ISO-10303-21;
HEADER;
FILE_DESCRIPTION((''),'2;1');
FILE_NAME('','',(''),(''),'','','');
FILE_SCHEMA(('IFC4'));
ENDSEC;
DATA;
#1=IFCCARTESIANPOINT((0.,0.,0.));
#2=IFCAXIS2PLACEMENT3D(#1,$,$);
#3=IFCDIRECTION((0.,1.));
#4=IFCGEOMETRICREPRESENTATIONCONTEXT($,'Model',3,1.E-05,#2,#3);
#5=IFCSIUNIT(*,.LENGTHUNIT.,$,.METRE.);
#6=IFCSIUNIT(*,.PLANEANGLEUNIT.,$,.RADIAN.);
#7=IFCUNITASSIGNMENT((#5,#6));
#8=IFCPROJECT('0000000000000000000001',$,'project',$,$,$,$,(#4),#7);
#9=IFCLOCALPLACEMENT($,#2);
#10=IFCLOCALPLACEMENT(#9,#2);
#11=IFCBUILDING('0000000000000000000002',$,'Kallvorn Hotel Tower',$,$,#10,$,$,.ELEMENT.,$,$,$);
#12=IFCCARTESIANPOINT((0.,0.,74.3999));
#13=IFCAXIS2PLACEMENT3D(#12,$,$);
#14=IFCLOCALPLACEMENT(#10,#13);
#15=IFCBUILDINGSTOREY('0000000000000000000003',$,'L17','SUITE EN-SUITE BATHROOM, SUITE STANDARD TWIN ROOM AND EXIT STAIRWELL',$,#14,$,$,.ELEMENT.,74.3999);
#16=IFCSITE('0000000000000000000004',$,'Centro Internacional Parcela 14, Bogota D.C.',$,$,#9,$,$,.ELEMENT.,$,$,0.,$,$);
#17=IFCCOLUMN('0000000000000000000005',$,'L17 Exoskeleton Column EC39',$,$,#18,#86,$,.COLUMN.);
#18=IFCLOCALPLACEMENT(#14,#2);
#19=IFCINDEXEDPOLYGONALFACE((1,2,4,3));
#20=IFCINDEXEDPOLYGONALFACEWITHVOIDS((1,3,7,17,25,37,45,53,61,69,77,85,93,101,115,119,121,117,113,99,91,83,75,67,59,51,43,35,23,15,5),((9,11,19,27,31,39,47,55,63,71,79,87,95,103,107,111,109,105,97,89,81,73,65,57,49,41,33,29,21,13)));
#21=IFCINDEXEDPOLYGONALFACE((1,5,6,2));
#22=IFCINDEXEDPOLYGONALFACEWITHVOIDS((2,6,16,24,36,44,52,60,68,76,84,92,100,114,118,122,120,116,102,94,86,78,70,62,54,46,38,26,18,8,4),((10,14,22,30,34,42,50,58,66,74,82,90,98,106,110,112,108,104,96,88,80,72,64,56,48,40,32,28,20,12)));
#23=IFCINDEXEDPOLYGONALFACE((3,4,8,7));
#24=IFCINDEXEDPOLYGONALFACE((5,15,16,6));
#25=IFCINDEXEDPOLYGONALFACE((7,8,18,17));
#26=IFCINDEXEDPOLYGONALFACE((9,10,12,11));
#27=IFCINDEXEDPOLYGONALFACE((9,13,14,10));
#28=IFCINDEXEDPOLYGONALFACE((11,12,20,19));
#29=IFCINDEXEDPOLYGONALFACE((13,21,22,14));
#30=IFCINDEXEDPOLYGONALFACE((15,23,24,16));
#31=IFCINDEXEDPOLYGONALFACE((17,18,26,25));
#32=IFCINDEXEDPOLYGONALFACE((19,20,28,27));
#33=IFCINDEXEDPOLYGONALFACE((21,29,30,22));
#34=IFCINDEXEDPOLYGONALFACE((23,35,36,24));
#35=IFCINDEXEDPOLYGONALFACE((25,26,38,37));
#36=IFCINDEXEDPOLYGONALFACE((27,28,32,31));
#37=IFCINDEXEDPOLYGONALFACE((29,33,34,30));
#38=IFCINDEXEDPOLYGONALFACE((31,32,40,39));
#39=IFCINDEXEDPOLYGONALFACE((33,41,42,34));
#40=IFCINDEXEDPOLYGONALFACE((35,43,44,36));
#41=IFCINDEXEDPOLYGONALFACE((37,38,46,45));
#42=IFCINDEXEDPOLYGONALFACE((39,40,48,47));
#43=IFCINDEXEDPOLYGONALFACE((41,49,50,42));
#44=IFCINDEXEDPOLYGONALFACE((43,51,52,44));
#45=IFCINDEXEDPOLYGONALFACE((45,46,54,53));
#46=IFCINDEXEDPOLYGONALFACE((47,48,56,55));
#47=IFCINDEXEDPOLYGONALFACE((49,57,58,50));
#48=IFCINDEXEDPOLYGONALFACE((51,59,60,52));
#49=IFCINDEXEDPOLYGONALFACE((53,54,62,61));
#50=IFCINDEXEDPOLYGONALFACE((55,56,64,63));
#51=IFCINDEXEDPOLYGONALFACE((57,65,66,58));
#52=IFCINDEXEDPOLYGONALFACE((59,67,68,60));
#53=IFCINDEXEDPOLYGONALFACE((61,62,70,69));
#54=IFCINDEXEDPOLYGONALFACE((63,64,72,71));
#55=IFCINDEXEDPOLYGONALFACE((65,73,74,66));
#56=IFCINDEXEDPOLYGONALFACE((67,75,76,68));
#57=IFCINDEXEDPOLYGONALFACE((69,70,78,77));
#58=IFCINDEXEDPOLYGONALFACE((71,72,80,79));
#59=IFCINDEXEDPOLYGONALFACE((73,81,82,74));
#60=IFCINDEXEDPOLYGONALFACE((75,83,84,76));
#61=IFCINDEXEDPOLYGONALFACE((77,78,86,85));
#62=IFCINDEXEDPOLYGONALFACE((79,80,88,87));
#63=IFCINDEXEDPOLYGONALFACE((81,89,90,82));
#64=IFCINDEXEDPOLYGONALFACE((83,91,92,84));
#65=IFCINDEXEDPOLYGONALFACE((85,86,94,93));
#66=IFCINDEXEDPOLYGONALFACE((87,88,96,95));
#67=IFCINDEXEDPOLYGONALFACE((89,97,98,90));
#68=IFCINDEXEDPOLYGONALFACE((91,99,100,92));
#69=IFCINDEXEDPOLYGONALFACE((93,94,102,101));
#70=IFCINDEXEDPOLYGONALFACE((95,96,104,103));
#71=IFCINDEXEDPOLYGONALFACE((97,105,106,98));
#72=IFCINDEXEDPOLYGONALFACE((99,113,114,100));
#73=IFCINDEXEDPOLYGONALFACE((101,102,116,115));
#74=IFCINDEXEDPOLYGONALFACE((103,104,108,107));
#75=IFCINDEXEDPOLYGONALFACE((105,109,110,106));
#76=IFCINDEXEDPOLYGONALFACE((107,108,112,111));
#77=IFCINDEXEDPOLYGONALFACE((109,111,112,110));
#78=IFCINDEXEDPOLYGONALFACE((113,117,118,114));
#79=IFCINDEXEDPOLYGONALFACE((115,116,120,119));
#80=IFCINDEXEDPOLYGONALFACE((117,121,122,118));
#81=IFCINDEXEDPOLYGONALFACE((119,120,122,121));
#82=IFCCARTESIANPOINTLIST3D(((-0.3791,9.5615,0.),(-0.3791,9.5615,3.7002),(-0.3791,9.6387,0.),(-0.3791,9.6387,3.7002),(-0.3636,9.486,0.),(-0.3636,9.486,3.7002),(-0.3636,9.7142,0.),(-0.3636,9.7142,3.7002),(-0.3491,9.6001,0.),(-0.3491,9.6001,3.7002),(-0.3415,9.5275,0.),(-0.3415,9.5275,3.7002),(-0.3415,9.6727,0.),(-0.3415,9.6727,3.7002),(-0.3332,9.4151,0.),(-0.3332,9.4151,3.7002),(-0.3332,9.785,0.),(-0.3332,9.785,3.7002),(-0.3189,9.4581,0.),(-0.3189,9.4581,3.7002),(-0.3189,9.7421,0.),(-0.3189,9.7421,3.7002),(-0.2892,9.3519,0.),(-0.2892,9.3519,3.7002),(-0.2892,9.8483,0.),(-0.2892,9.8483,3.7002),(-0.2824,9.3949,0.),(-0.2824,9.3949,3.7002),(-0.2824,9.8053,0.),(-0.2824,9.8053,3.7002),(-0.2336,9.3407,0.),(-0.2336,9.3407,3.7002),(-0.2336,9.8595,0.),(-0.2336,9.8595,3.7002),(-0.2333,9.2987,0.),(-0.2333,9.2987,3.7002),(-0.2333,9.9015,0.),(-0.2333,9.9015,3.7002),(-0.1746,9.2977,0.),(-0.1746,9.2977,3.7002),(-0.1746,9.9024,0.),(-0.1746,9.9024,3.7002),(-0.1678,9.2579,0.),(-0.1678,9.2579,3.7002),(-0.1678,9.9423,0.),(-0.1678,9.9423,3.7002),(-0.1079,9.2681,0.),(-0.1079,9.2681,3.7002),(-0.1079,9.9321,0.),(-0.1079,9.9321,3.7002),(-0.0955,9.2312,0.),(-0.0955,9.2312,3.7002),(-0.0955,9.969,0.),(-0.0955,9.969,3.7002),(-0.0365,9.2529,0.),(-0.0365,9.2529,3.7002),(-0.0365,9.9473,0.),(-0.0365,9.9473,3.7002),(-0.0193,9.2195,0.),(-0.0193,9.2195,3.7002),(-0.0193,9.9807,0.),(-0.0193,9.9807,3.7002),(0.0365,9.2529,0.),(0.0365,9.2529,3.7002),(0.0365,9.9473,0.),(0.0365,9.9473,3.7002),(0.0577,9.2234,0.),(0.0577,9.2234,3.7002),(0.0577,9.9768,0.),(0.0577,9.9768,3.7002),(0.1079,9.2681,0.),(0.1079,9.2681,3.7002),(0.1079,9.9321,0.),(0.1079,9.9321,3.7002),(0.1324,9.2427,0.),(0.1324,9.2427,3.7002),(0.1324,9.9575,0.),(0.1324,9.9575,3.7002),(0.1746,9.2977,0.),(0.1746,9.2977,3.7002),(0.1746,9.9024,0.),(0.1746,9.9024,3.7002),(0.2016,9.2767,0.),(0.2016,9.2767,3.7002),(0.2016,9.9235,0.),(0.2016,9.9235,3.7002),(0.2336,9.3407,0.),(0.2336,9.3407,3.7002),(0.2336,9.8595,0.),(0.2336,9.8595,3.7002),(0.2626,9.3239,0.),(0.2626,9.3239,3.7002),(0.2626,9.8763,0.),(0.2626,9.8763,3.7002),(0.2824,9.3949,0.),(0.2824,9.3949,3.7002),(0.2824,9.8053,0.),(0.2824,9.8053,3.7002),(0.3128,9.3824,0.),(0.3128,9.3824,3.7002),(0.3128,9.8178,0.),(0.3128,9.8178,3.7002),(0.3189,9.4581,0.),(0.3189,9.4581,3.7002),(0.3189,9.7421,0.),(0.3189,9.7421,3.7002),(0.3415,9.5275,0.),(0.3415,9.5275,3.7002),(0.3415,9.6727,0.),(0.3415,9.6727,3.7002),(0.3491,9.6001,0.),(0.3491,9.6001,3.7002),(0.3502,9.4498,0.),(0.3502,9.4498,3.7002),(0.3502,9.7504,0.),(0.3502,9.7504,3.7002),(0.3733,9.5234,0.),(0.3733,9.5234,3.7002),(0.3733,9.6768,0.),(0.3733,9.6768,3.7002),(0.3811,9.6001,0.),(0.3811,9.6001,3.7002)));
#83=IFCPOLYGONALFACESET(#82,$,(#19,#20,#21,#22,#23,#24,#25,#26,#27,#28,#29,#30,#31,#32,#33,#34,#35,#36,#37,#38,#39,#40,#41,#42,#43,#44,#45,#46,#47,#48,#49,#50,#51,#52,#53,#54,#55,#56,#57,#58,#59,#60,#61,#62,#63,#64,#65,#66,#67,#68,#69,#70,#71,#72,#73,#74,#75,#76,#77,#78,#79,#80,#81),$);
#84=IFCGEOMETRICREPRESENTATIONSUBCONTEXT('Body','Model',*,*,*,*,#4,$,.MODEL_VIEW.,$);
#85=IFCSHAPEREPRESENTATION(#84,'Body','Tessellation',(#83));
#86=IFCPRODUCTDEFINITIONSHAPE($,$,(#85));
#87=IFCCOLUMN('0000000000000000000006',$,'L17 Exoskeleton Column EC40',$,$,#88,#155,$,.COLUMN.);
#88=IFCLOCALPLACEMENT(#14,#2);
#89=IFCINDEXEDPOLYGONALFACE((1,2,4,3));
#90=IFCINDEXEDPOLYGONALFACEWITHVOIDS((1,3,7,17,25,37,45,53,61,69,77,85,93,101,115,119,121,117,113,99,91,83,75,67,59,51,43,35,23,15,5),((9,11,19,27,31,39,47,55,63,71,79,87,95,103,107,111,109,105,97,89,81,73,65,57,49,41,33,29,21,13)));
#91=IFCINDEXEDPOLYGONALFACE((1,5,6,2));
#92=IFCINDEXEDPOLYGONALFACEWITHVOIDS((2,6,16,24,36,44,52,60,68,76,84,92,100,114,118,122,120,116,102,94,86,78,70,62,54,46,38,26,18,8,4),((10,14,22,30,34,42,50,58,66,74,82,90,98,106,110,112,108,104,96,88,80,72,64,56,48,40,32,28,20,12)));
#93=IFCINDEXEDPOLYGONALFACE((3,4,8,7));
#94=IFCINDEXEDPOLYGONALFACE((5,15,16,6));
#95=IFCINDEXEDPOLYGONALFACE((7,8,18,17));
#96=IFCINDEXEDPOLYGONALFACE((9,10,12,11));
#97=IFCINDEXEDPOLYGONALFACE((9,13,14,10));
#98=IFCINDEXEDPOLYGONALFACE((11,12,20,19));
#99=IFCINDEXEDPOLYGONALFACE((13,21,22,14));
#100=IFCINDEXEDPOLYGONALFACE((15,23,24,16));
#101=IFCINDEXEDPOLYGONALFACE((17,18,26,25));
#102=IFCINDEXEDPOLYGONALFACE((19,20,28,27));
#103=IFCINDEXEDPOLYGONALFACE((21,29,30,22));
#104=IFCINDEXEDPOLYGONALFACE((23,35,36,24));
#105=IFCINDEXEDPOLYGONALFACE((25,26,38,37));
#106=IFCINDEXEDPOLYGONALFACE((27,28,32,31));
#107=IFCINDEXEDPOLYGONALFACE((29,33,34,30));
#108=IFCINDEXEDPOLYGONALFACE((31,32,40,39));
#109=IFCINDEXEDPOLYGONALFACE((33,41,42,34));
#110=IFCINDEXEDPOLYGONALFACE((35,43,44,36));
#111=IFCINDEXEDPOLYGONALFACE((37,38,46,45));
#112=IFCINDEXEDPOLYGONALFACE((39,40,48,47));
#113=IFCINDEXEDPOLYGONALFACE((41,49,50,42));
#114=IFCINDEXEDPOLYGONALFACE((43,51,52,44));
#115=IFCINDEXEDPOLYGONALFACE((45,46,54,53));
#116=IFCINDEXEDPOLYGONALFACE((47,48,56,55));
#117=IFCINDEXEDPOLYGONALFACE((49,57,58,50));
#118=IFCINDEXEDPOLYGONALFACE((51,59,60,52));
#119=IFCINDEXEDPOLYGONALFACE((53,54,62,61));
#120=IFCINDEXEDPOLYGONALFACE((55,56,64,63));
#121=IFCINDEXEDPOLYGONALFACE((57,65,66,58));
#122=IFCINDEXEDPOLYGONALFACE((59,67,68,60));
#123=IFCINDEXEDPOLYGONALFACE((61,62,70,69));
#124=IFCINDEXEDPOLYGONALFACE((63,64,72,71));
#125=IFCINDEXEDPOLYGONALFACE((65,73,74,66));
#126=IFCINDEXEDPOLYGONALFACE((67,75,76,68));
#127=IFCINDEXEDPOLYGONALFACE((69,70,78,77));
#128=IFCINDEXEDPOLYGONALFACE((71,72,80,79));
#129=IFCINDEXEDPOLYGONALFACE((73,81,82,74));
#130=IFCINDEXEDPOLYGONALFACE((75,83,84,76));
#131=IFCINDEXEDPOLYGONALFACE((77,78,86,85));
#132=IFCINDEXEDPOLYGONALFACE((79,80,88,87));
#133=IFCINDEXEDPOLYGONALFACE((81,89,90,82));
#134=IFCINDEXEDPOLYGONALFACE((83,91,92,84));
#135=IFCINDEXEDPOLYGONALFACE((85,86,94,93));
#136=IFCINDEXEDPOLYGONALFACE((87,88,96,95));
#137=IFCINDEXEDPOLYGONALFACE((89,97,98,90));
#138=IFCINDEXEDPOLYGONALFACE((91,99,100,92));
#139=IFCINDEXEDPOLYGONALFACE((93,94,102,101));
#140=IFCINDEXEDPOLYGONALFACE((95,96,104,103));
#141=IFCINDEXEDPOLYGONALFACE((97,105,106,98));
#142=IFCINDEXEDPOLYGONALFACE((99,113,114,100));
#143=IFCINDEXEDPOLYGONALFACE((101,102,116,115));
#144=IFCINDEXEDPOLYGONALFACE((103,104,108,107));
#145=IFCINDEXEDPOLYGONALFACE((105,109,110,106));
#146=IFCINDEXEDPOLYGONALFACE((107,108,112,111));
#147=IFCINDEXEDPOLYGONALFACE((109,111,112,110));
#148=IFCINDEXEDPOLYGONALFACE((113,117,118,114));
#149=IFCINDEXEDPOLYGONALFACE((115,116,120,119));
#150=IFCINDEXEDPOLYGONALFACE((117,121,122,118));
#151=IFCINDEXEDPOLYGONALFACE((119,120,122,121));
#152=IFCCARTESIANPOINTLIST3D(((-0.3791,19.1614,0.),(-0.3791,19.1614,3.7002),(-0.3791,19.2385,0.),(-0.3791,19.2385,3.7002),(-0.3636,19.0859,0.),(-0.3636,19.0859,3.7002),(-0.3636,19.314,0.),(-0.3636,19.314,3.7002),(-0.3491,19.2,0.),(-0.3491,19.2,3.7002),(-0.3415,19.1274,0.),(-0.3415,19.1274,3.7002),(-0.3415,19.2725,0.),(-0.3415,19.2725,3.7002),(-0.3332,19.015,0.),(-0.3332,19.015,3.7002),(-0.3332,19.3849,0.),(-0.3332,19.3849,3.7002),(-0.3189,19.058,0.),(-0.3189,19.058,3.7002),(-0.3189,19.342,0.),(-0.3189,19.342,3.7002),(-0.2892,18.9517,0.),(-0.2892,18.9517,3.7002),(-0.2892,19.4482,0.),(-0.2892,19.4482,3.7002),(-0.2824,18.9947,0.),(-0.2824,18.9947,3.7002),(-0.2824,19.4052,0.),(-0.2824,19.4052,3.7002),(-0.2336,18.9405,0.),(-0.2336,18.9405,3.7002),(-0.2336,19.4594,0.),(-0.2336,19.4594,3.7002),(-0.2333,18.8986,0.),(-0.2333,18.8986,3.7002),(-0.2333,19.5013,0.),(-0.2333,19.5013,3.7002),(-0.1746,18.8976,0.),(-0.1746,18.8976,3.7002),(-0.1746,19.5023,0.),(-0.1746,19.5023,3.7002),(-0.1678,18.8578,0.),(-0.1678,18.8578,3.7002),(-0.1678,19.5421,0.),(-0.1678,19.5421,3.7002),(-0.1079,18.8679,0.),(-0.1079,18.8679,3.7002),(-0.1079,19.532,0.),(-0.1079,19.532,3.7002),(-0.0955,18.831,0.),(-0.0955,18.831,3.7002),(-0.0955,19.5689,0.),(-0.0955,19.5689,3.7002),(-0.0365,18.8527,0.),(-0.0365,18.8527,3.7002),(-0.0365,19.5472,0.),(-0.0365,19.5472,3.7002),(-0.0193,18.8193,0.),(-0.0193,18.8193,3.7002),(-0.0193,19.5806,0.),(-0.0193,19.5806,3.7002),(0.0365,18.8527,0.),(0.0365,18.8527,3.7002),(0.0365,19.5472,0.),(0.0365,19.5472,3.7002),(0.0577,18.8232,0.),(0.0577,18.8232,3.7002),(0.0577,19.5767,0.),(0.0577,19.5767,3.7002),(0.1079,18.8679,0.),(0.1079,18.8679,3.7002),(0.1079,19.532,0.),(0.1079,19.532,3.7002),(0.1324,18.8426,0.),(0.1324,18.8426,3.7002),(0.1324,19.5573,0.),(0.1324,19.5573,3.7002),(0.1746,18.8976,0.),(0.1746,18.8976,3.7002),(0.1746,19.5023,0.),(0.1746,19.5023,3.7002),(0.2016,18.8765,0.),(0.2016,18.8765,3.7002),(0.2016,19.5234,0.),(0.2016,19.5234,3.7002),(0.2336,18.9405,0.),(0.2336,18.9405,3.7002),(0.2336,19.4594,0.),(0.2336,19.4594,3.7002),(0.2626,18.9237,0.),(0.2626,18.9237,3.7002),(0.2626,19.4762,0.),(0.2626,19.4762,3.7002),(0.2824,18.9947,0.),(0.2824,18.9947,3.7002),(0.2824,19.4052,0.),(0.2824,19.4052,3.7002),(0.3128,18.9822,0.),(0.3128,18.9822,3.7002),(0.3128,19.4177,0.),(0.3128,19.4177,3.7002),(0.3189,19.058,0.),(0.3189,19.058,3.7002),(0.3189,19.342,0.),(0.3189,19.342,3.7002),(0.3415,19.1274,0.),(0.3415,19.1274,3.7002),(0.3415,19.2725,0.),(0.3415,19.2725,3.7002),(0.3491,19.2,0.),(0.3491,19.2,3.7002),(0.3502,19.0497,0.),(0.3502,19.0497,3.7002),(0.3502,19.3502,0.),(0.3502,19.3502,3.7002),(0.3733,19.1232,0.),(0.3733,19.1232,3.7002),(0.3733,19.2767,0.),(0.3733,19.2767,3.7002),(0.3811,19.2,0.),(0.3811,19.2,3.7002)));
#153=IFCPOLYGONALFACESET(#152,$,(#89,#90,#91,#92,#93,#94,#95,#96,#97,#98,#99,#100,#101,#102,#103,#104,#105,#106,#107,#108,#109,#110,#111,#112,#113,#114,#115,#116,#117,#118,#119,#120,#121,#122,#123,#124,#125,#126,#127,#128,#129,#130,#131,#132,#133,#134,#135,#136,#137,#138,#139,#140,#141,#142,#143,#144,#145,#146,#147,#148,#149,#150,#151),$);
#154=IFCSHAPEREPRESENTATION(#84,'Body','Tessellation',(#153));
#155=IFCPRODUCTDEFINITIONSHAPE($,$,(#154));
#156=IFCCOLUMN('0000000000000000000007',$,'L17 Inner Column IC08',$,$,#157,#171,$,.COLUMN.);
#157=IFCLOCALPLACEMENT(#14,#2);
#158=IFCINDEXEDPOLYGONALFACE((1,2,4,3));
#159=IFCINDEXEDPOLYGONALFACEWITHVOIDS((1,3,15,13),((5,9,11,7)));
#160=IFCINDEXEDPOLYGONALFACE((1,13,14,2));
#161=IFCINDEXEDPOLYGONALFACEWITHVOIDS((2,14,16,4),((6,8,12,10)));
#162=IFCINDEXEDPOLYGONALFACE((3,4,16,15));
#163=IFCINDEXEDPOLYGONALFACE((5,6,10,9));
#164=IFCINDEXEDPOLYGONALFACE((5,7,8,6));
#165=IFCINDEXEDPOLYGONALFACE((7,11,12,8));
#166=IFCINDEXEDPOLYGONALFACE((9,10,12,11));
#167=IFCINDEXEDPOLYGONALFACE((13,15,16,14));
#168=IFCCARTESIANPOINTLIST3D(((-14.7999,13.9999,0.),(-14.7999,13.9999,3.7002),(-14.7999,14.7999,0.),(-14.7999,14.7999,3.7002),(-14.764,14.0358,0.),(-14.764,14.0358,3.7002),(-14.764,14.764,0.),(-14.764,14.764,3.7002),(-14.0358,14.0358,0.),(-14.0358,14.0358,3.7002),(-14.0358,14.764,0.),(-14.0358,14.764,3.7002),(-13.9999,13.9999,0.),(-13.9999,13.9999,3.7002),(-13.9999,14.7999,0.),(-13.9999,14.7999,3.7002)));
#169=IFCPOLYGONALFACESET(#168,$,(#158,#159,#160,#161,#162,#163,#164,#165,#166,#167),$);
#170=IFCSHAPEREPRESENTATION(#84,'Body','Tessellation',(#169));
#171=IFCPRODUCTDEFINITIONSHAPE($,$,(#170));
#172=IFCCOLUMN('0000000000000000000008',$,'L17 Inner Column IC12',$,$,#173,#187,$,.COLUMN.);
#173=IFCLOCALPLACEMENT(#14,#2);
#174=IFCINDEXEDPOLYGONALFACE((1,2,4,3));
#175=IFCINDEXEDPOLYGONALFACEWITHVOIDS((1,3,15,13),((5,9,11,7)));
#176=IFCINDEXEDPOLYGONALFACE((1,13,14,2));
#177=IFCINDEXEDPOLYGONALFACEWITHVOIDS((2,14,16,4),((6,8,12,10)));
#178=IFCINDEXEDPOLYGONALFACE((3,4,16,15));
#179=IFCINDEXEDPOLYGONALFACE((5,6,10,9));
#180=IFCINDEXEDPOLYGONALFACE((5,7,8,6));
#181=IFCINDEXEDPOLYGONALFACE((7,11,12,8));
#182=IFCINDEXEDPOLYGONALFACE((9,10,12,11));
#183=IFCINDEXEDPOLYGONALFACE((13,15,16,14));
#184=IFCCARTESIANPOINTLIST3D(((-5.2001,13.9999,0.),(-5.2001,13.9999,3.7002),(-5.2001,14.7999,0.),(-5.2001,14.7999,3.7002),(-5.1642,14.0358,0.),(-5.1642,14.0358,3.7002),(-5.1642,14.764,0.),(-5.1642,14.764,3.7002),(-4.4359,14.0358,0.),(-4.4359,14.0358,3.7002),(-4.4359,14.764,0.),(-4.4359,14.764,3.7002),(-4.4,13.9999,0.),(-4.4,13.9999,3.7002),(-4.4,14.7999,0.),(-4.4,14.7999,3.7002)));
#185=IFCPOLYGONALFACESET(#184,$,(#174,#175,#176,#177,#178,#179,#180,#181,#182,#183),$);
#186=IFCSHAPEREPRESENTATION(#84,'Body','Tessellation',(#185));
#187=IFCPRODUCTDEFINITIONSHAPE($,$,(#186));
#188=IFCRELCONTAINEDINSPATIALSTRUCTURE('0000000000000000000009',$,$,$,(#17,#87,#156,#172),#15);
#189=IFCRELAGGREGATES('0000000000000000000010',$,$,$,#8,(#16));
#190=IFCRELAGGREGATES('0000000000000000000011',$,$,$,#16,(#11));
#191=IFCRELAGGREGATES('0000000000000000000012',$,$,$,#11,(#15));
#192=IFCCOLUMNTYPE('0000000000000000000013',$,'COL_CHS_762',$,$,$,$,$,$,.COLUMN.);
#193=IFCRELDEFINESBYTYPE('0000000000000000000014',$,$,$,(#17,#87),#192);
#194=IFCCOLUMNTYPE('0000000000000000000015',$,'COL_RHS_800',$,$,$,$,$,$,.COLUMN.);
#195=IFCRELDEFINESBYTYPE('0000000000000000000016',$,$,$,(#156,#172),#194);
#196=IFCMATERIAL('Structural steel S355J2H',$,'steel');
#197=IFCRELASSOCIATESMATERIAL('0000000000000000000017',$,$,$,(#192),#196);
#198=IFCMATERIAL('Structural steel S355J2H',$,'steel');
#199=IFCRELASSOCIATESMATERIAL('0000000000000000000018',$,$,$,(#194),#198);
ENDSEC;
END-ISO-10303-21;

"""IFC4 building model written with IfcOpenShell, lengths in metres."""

from ifc_helpers import new_model, si_unit, direction, frame, origin, origin_2d, place, context, subcontext, project, spatial, hollow_rectangle, hollow_circle, extrude, material, material_profile, profile_set, type_object, element, save


model = new_model("IFC4")

# Units and contexts
model_context = context("Model", 3, precision=1e-05, world=origin(), true_north=direction((0.0, 1.0)))
body_context = subcontext(model_context, "Body", "Model", "MODEL_VIEW")
ifc_project = project(units=[si_unit("LENGTHUNIT", "METRE"), si_unit("PLANEANGLEUNIT", "RADIAN")], contexts=[model_context])

# Site, building, storey
site_placement = place(None, origin())
site = spatial("IfcSite", under=ifc_project, at=site_placement, Name="Centro Internacional Parcela 14, Bogota D.C.", CompositionType="ELEMENT", RefElevation=0.0)
building_placement = place(site_placement, origin())
building = spatial("IfcBuilding", under=site, at=building_placement, Name="Kallvorn Hotel Tower", CompositionType="ELEMENT")
storey_placement = place(building_placement, frame((0.0, 0.0, 74.3999)))
storey = spatial("IfcBuildingStorey", under=building, at=storey_placement, Name="L17", Description="SUITE EN-SUITE BATHROOM, SUITE STANDARD TWIN ROOM AND EXIT STAIRWELL", CompositionType="ELEMENT", Elevation=74.3999)

# Columns
ifc_material_1 = material(Name="Structural steel S355J2H", Category="steel")
ifc_material_profile_1 = material_profile(ifc_material_1, hollow_circle(Radius=0.3811, WallThickness=0.032, at=origin_2d()), Name="CHS 762x32")
ifc_profile_set_1 = profile_set([ifc_material_profile_1], Name="Structural steel S355J2H")
column_type_1 = type_object("IfcColumnType", Name="COL_CHS_762", PredefinedType="COLUMN", material=ifc_profile_set_1)
for number, where, z_axis, x_axis, name in (
    (1, (0.0, 9.6001, 0.0), (0.0, 0.0, 1.0), (1.0, 0.0, 0.0), "L17 Exoskeleton Column EC39"),
    (2, (0.0, 19.2, 0.0), (0.0, 0.0, 1.0), (1.0, 0.0, 0.0), "L17 Exoskeleton Column EC40"),
):
    element("IfcColumn", number, at=place(storey_placement, frame(where, z_axis=z_axis, x_axis=x_axis)), inside=storey, type_object=column_type_1, Name=name, PredefinedType="COLUMN", context=body_context, shape_type="SweptSolid", body=[
        extrude(hollow_circle(Radius=0.3811, WallThickness=0.032, at=origin_2d()), origin(), (0.0, 0.0, 1.0), 3.7002),
    ])
ifc_material_2 = material(Name="Structural steel S355J2H", Category="steel")
ifc_material_profile_2 = material_profile(ifc_material_2, hollow_rectangle(XDim=0.8, YDim=0.8, WallThickness=0.0359, at=origin_2d()), Name="RHS 800x800x36")
ifc_profile_set_2 = profile_set([ifc_material_profile_2], Name="Structural steel S355J2H")
column_type_2 = type_object("IfcColumnType", Name="COL_RHS_800", PredefinedType="COLUMN", material=ifc_profile_set_2)
for number, where, z_axis, x_axis, name in (
    (3, (-14.3999, 14.3999, 0.0), (0.0, 0.0, 1.0), (1.0, 0.0, 0.0), "L17 Inner Column IC08"),
    (4, (-4.8, 14.3999, 0.0), (0.0, 0.0, 1.0), (1.0, 0.0, 0.0), "L17 Inner Column IC12"),
):
    element("IfcColumn", number, at=place(storey_placement, frame(where, z_axis=z_axis, x_axis=x_axis)), inside=storey, type_object=column_type_2, Name=name, PredefinedType="COLUMN", context=body_context, shape_type="SweptSolid", body=[
        extrude(hollow_rectangle(XDim=0.8, YDim=0.8, WallThickness=0.0359, at=origin_2d()), origin(), (0.0, 0.0, 1.0), 3.7002),
    ])

save(model, "model.ifc")
